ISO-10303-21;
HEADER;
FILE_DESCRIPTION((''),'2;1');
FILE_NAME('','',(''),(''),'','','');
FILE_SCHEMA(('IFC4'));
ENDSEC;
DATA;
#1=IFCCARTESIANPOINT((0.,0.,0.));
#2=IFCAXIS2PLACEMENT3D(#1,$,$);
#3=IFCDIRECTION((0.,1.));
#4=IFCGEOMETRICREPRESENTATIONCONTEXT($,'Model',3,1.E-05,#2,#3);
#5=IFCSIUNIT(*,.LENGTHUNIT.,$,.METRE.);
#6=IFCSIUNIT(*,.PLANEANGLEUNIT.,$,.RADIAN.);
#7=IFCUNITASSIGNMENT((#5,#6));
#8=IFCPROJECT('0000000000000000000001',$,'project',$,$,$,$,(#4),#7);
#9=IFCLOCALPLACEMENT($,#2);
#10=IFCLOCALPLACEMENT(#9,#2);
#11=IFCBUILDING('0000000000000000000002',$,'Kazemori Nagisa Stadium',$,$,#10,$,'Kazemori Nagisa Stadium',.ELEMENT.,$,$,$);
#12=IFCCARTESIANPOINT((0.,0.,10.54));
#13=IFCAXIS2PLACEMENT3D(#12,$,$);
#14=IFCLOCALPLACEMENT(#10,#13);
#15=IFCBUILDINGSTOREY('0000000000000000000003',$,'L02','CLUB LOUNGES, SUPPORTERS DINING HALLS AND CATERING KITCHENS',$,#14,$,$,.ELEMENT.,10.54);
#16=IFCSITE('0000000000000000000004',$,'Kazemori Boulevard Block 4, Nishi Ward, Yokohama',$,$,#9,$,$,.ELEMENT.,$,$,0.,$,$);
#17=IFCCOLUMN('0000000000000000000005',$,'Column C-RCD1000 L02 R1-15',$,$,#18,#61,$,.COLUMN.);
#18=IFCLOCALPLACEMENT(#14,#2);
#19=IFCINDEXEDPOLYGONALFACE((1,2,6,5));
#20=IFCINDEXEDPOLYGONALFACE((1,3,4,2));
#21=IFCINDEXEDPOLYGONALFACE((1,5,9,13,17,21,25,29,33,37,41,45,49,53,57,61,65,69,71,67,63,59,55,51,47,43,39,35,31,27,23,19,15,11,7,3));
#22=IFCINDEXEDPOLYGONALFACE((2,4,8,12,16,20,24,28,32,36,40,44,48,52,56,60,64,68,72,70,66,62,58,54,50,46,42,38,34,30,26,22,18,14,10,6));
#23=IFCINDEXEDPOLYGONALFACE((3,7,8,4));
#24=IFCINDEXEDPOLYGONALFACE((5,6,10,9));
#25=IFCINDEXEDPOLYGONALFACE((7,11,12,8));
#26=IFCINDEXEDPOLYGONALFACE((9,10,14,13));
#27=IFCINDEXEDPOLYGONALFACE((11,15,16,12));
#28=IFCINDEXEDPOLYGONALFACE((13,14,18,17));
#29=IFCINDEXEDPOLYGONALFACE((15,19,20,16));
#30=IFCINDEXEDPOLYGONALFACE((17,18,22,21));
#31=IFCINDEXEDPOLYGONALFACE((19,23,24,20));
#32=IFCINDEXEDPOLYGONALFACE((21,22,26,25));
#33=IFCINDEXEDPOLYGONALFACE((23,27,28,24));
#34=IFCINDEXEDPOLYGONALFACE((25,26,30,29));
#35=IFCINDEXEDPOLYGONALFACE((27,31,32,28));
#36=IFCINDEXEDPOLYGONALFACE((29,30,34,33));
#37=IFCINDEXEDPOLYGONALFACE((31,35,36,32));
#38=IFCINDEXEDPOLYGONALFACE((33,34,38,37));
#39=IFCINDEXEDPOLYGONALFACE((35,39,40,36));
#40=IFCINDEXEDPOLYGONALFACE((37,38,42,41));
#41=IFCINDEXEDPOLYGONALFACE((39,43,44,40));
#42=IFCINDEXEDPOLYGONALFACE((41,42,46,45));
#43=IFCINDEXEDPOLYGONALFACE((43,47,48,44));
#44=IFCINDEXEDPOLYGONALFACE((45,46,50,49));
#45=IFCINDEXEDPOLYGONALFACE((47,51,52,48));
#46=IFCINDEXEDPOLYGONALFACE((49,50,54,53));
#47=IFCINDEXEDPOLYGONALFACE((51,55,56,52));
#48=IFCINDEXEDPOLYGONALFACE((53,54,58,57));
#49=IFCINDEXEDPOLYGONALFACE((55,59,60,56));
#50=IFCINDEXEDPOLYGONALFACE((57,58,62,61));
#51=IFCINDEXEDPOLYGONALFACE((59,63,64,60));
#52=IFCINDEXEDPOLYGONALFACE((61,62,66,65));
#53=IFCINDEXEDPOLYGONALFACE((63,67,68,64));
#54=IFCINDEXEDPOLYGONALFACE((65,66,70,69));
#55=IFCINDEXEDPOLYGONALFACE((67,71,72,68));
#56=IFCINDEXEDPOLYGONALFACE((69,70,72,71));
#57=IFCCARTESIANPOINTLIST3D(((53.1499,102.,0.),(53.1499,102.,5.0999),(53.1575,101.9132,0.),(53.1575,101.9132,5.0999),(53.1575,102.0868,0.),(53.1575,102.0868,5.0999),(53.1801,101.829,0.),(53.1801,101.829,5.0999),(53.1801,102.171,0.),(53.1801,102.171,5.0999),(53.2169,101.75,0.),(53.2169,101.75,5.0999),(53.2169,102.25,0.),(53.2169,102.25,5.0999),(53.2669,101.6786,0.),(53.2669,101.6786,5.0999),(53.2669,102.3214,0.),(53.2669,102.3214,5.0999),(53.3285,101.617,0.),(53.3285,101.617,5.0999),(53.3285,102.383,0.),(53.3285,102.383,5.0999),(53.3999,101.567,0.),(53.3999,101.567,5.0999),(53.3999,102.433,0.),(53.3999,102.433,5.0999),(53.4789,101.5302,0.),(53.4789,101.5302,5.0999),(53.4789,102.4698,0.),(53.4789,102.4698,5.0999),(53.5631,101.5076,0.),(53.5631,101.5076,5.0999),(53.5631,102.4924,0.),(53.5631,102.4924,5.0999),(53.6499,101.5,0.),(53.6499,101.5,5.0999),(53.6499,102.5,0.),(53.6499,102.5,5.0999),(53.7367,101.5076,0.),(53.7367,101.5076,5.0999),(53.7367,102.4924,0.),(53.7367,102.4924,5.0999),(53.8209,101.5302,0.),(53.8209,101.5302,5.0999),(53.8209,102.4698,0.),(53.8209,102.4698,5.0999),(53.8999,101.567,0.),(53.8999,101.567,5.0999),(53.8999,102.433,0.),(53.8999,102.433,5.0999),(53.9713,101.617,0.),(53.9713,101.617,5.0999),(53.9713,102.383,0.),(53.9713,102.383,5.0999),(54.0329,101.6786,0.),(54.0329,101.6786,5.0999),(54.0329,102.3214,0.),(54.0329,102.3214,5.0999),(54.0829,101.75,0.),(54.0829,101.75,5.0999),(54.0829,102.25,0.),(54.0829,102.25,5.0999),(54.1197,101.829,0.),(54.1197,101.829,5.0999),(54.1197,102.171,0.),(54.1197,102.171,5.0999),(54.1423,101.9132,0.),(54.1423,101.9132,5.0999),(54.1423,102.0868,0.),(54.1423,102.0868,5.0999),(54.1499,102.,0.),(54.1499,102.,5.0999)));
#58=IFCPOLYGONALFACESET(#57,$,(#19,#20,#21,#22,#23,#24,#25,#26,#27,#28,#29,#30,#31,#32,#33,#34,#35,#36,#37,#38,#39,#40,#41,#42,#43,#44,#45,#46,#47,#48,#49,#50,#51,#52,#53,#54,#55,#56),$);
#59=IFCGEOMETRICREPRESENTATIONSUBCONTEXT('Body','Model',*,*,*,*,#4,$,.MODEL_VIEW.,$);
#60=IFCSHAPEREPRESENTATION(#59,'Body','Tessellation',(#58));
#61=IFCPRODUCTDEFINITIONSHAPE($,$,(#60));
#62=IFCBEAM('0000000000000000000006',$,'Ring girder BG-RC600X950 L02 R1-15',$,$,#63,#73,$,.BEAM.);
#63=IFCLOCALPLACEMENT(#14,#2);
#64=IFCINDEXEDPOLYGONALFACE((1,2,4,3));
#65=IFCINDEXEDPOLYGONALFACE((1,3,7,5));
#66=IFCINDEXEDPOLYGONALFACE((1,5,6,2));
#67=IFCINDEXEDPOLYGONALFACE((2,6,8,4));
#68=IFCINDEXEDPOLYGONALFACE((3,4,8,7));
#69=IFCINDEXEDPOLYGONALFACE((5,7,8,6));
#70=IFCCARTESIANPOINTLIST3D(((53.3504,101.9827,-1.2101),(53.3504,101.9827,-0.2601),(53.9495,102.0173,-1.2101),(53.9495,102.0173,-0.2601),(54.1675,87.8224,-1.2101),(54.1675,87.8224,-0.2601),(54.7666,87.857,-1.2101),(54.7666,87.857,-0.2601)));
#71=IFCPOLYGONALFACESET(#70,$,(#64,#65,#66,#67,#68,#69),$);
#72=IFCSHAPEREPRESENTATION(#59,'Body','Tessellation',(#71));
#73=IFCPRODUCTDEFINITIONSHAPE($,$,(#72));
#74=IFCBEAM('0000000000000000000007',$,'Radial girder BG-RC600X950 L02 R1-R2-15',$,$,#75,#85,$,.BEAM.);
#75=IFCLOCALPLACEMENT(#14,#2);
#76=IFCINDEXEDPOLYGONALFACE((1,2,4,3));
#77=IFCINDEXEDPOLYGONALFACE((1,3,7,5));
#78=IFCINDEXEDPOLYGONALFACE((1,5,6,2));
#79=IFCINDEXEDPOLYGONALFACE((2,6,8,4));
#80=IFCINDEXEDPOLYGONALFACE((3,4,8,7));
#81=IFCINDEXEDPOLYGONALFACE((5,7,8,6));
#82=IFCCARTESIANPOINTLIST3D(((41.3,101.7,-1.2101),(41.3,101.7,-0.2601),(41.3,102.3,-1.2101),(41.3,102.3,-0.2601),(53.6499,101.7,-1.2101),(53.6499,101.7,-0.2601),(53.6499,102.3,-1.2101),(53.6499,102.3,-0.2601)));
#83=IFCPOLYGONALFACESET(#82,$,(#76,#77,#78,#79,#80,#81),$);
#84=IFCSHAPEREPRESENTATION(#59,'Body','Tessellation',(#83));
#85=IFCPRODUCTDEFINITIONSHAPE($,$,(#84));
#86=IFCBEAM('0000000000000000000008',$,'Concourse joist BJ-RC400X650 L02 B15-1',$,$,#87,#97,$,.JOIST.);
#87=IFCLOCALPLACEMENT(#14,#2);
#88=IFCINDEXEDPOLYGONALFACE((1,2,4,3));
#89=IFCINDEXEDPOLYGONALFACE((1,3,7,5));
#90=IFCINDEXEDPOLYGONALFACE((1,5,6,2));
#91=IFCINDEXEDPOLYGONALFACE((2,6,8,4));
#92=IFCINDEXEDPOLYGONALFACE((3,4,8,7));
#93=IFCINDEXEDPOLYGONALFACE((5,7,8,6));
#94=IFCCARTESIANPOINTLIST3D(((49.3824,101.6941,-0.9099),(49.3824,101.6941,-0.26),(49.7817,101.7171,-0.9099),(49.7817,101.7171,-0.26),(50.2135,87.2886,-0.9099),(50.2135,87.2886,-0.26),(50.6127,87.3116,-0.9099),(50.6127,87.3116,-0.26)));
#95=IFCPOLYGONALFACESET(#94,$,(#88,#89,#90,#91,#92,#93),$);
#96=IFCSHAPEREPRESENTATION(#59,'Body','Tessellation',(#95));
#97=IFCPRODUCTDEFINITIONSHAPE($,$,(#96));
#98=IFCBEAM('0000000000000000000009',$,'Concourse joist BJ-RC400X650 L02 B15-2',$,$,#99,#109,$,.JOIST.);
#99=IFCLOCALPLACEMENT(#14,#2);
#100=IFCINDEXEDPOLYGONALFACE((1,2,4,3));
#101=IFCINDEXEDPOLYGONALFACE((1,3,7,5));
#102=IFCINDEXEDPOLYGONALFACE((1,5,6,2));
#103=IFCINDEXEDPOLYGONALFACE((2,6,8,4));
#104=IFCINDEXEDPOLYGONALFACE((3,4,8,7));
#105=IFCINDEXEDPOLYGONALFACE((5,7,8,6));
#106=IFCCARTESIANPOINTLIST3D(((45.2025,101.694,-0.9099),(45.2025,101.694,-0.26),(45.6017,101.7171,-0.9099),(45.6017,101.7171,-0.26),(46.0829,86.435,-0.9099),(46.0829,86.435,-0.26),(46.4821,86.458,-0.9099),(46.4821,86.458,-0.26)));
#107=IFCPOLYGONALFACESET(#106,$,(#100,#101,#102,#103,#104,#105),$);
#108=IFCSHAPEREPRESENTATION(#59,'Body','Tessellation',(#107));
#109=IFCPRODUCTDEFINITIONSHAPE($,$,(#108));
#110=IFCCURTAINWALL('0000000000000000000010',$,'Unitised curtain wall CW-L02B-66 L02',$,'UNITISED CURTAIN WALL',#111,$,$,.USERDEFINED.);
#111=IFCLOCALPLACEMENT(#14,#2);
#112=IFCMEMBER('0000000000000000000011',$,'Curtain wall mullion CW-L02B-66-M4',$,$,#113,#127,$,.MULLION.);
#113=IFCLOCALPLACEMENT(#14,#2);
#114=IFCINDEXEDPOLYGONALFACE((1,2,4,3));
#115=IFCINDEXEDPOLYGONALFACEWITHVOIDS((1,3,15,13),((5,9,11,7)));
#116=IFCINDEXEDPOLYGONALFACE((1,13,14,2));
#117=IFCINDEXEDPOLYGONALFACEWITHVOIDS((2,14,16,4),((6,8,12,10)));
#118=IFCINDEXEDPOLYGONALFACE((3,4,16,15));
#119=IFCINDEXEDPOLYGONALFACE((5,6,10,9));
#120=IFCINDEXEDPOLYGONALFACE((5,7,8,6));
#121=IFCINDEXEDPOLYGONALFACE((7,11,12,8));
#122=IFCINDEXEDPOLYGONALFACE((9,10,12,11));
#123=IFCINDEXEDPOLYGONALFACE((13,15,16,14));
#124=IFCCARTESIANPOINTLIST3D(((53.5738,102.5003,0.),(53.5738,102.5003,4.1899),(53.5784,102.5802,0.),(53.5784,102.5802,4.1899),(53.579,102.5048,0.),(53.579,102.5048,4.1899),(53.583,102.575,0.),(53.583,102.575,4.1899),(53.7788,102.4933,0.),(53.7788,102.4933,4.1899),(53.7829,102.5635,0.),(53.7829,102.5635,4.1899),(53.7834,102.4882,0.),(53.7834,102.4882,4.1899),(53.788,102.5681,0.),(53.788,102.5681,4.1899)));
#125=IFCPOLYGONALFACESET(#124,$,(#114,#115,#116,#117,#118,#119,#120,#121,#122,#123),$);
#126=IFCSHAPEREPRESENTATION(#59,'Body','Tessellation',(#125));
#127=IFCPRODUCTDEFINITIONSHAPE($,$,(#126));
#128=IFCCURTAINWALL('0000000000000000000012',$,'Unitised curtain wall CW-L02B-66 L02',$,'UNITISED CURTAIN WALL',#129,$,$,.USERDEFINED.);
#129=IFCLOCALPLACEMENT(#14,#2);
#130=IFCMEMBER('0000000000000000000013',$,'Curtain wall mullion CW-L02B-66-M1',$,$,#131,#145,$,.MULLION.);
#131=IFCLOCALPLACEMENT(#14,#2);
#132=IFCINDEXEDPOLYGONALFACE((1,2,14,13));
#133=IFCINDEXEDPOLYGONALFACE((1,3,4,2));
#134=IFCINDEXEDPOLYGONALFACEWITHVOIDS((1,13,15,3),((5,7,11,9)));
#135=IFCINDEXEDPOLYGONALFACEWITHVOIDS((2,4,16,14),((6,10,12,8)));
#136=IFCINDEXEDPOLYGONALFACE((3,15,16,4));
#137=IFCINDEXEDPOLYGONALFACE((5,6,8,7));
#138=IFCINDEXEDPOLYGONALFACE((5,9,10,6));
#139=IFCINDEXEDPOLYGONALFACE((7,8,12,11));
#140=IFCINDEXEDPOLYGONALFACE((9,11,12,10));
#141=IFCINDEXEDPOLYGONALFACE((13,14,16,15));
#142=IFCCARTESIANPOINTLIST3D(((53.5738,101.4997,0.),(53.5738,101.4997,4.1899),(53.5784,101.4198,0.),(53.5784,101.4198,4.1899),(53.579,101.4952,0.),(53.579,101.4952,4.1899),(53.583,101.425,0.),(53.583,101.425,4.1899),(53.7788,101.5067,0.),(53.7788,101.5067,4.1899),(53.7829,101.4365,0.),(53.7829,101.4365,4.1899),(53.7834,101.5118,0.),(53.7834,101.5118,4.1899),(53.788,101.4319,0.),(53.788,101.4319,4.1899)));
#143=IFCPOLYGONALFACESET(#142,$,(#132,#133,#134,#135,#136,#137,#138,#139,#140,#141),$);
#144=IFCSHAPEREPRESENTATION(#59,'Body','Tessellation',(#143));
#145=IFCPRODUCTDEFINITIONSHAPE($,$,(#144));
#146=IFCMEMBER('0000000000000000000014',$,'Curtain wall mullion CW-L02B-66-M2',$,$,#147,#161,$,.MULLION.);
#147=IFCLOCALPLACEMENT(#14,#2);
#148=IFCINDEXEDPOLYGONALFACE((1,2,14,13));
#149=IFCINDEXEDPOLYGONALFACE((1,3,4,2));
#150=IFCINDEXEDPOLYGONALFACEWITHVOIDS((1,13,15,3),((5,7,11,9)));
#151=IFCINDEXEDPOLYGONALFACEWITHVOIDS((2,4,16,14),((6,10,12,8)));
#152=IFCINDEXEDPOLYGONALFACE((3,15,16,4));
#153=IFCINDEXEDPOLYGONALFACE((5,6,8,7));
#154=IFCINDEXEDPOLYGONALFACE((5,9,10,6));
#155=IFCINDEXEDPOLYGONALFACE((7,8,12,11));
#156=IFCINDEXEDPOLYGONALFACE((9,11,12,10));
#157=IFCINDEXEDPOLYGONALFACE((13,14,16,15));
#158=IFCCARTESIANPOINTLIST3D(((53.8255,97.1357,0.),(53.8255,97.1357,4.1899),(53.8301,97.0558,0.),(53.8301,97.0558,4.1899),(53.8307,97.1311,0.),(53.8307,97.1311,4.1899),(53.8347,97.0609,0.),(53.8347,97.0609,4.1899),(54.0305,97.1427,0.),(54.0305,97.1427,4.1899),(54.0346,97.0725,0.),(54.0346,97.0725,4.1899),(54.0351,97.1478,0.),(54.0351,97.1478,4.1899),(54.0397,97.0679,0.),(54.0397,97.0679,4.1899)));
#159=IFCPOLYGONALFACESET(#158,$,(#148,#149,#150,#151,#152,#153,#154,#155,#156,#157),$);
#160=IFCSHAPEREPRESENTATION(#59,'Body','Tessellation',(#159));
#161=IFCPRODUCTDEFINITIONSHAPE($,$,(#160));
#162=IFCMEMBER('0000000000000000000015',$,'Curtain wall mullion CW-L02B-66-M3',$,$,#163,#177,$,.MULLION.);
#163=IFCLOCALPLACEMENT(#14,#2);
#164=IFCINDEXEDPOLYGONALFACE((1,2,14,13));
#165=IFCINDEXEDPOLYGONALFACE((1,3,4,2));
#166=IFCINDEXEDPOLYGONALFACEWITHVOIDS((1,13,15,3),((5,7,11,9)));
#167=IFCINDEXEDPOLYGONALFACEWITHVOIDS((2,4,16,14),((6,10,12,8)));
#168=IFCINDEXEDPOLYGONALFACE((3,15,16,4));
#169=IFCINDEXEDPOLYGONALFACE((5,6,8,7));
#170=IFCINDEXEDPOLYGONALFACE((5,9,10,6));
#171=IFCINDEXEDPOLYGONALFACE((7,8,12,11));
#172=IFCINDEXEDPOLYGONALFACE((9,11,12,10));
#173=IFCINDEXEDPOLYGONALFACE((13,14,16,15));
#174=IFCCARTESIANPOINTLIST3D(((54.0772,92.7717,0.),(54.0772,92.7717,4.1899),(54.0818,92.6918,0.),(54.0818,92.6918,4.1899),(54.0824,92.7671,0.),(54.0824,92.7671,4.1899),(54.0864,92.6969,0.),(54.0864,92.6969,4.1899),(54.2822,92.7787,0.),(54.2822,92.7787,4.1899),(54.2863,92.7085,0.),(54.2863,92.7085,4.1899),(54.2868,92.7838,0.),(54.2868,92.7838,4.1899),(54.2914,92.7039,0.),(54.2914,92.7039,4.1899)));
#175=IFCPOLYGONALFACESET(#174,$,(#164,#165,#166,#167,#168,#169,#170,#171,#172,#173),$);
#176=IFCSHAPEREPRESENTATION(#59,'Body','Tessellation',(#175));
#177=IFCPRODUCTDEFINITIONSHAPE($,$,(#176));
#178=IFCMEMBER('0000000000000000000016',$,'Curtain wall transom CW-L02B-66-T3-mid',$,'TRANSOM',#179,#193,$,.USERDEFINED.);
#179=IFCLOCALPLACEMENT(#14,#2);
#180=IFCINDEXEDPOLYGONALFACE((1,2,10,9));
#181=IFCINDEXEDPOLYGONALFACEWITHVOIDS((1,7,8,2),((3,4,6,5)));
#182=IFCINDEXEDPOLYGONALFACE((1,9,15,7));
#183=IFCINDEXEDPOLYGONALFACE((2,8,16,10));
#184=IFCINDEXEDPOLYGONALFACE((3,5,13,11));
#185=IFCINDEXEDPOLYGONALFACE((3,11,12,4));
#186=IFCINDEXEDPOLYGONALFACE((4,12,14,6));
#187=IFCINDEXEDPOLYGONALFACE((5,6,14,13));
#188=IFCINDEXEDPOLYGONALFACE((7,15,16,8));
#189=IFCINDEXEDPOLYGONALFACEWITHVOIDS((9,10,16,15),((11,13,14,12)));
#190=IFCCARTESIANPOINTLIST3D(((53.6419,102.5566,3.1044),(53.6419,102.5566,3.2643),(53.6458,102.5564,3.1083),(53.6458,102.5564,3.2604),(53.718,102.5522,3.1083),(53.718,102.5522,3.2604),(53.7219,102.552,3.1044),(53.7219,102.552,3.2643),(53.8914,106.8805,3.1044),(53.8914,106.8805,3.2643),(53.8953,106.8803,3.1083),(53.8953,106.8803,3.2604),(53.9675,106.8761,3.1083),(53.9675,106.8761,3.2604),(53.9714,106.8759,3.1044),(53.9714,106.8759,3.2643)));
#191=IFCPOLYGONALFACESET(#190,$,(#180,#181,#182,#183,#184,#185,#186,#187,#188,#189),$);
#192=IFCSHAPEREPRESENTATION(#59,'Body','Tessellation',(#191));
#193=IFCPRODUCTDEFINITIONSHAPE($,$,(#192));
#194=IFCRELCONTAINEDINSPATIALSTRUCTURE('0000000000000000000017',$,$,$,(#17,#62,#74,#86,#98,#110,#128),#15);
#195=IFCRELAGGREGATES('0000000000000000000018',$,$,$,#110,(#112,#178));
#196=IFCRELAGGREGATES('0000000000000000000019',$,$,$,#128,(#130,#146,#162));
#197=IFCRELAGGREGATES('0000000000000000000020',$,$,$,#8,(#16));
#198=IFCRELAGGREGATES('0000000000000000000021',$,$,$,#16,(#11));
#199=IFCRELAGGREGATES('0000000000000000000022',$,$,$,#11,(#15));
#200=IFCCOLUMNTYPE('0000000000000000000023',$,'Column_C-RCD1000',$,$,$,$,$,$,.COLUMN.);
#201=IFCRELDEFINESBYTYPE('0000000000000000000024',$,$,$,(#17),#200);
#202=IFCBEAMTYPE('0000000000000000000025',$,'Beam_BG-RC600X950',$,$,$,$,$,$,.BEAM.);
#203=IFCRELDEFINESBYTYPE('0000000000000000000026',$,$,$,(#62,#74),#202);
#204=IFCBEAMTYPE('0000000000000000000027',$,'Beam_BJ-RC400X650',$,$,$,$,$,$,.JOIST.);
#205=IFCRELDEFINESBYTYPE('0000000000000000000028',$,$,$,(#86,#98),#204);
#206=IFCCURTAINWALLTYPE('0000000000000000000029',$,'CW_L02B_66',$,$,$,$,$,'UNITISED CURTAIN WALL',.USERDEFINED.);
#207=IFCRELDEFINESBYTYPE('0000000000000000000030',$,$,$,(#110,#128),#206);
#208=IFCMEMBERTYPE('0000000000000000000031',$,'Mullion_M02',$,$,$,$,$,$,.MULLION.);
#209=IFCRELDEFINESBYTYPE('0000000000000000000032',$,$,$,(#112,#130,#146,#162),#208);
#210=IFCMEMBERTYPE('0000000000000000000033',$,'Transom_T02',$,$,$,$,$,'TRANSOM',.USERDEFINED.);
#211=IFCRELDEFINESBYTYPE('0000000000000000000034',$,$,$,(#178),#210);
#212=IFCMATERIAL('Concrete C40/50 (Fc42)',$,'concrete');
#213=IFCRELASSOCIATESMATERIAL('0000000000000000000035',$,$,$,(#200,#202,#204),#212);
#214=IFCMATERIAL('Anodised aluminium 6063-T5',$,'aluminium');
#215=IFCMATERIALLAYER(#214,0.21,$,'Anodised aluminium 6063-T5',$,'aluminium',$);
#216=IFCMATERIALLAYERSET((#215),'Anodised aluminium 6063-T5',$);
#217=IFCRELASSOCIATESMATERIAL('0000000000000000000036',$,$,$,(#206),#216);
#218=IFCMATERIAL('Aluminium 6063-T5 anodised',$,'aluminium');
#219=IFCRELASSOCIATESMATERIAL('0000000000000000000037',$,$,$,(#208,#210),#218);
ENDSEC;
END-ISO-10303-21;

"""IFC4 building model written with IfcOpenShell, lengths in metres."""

from ifc_helpers import new_model, si_unit, direction, frame, origin, origin_2d, place, context, subcontext, project, spatial, rectangle, hollow_rectangle, circle, extrude, material, layer, layer_set, material_profile, profile_set, type_object, element, aggregate, save


model = new_model("IFC4")

# Units and contexts
model_context = context("Model", 3, precision=1e-05, world=origin(), true_north=direction((0.0, 1.0)))
body_context = subcontext(model_context, "Body", "Model", "MODEL_VIEW")
ifc_project = project(units=[si_unit("LENGTHUNIT", "METRE"), si_unit("PLANEANGLEUNIT", "RADIAN")], contexts=[model_context])

# Site, building, storey
site_placement = place(None, origin())
site = spatial("IfcSite", under=ifc_project, at=site_placement, Name="Kazemori Boulevard Block 4, Nishi Ward, Yokohama", CompositionType="ELEMENT", RefElevation=0.0)
building_placement = place(site_placement, origin())
building = spatial("IfcBuilding", under=site, at=building_placement, Name="Kazemori Nagisa Stadium", LongName="Kazemori Nagisa Stadium", CompositionType="ELEMENT")
storey_placement = place(building_placement, frame((0.0, 0.0, 10.54)))
storey = spatial("IfcBuildingStorey", under=building, at=storey_placement, Name="L02", Description="CLUB LOUNGES, SUPPORTERS DINING HALLS AND CATERING KITCHENS", CompositionType="ELEMENT", Elevation=10.54)

# Column
ifc_material_1 = material(Name="Concrete C40/50 (Fc42)", Category="concrete")
ifc_material_profile_1 = material_profile(ifc_material_1, circle(Radius=0.5, at=origin_2d()), Name="RC-COL-D1000")
ifc_profile_set_1 = profile_set([ifc_material_profile_1], Name="Concrete C40/50 (Fc42)")
column_type = type_object("IfcColumnType", Name="Column_C-RCD1000", PredefinedType="COLUMN", material=ifc_profile_set_1)
column_placement = place(storey_placement, frame((53.6499, 102.0, 0.0), z_axis=(0.0, 0.0, 1.0), x_axis=(-1.0, 0.0, 0.0)))
element("IfcColumn", 1, at=column_placement, inside=storey, type_object=column_type, Name="Column C-RCD1000 L02 R1-15", PredefinedType="COLUMN", context=body_context, shape_type="SweptSolid", body=[
    extrude(circle(Radius=0.5, at=origin_2d()), origin(), (0.0, 0.0, 1.0), 5.0999),
])

# Beams
ifc_material_profile_2 = material_profile(ifc_material_1, rectangle(XDim=0.6001, YDim=0.95, at=origin_2d()), Name="RC-BM-600x950")
ifc_profile_set_2 = profile_set([ifc_material_profile_2], Name="Concrete C40/50 (Fc42)")
beam_type_1 = type_object("IfcBeamType", Name="Beam_BG-RC600X950", PredefinedType="BEAM", material=ifc_profile_set_2)
beam_1_placement = place(storey_placement, frame((53.6499, 102.0, -0.7351), z_axis=(0.05761, -0.998339, 0.0), x_axis=(0.998339, 0.05761, 0.0)))
element("IfcBeam", 2, at=beam_1_placement, inside=storey, type_object=beam_type_1, Name="Ring girder BG-RC600X950 L02 R1-15", PredefinedType="BEAM", context=body_context, shape_type="SweptSolid", body=[
    extrude(rectangle(XDim=0.6001, YDim=0.95, at=origin_2d()), origin(), (0.0, 0.0, 1.0), 14.1838),
])
beam_2_placement = place(storey_placement, frame((53.6499, 102.0, -0.7351), z_axis=(-1.0, 0.0, 0.0), x_axis=(0.0, -1.0, 0.0)))
element("IfcBeam", 3, at=beam_2_placement, inside=storey, type_object=beam_type_1, Name="Radial girder BG-RC600X950 L02 R1-R2-15", PredefinedType="BEAM", context=body_context, shape_type="SweptSolid", body=[
    extrude(rectangle(XDim=0.6001, YDim=0.95, at=origin_2d()), origin(), (0.0, 0.0, 1.0), 12.3499),
])
ifc_material_profile_3 = material_profile(ifc_material_1, rectangle(XDim=0.3999, YDim=0.6499, at=origin_2d()), Name="RC-BM-400x650")
ifc_profile_set_3 = profile_set([ifc_material_profile_3], Name="Concrete C40/50 (Fc42)")
beam_type_2 = type_object("IfcBeamType", Name="Beam_BJ-RC400X650", PredefinedType="JOIST", material=ifc_profile_set_3)
beam_3_placement = place(storey_placement, frame((49.582, 101.7056, -0.585), z_axis=(0.057594, -0.99834, 0.0), x_axis=(0.99834, 0.057594, 0.0)))
element("IfcBeam", 4, at=beam_3_placement, inside=storey, type_object=beam_type_2, Name="Concourse joist BJ-RC400X650 L02 B15-1", PredefinedType="JOIST", context=body_context, shape_type="SweptSolid", body=[
    extrude(rectangle(XDim=0.3999, YDim=0.6499, at=origin_2d()), origin(), (0.0, 0.0, 1.0), 14.4294),
])
beam_4_placement = place(storey_placement, frame((45.4021, 101.7056, -0.585), z_axis=(0.057599, -0.99834, 0.0), x_axis=(0.99834, 0.057599, 0.0)))
element("IfcBeam", 5, at=beam_4_placement, inside=storey, type_object=beam_type_2, Name="Concourse joist BJ-RC400X650 L02 B15-2", PredefinedType="JOIST", context=body_context, shape_type="SweptSolid", body=[
    extrude(rectangle(XDim=0.3999, YDim=0.6499, at=origin_2d()), origin(), (0.0, 0.0, 1.0), 15.2844),
])

# Curtain wall, member
ifc_material_2 = material(Name="Anodised aluminium 6063-T5", Category="aluminium")
ifc_layer_1 = layer(ifc_material_2, 0.21, Name="Anodised aluminium 6063-T5", Category="aluminium")
ifc_layer_set_1 = layer_set([ifc_layer_1], Name="Anodised aluminium 6063-T5")
curtain_wall_type = type_object("IfcCurtainWallType", Name="CW_L02B_66", ElementType="UNITISED CURTAIN WALL", PredefinedType="USERDEFINED", material=ifc_layer_set_1)
curtain_wall_1_placement = place(storey_placement, origin())
curtain_wall_1 = element("IfcCurtainWall", 6, at=curtain_wall_1_placement, inside=storey, type_object=curtain_wall_type, Name="Unitised curtain wall CW-L02B-66 L02", ObjectType="UNITISED CURTAIN WALL", PredefinedType="USERDEFINED")
ifc_material_3 = material(Name="Aluminium 6063-T5 anodised", Category="aluminium")
ifc_material_profile_4 = material_profile(ifc_material_3, hollow_rectangle(XDim=0.0801, YDim=0.21, WallThickness=0.0049, at=origin_2d()), Name="ALU-MULL-80x210x5")
ifc_profile_set_4 = profile_set([ifc_material_profile_4], Name="Aluminium 6063-T5 anodised")
member_type_1 = type_object("IfcMemberType", Name="Mullion_M02", PredefinedType="MULLION", material=ifc_profile_set_4)
member_1_placement = place(storey_placement, frame((53.6809, 102.5342, 0.0), z_axis=(0.0, 0.0, 1.0), x_axis=(-0.057602, -0.99834, 0.0)))
member_1 = element("IfcMember", 7, at=member_1_placement, type_object=member_type_1, Name="Curtain wall mullion CW-L02B-66-M4", PredefinedType="MULLION", context=body_context, shape_type="SweptSolid", body=[
    extrude(hollow_rectangle(XDim=0.0801, YDim=0.21, WallThickness=0.0049, at=origin_2d()), origin(), (0.0, 0.0, 1.0), 4.1899),
])

# Curtain wall, members
curtain_wall_2_placement = place(storey_placement, origin())
curtain_wall_2 = element("IfcCurtainWall", 8, at=curtain_wall_2_placement, inside=storey, type_object=curtain_wall_type, Name="Unitised curtain wall CW-L02B-66 L02", ObjectType="UNITISED CURTAIN WALL", PredefinedType="USERDEFINED")
member_2_placement = place(storey_placement, frame((53.6809, 101.4658, 0.0), z_axis=(0.0, 0.0, 1.0), x_axis=(0.057602, -0.99834, 0.0)))
member_2 = element("IfcMember", 9, at=member_2_placement, type_object=member_type_1, Name="Curtain wall mullion CW-L02B-66-M1", PredefinedType="MULLION", context=body_context, shape_type="SweptSolid", body=[
    extrude(hollow_rectangle(XDim=0.0801, YDim=0.21, WallThickness=0.0049, at=origin_2d()), origin(), (0.0, 0.0, 1.0), 4.1899),
])
member_3_placement = place(storey_placement, frame((53.9326, 97.1018, 0.0), z_axis=(0.0, 0.0, 1.0), x_axis=(0.057602, -0.99834, 0.0)))
member_3 = element("IfcMember", 10, at=member_3_placement, type_object=member_type_1, Name="Curtain wall mullion CW-L02B-66-M2", PredefinedType="MULLION", context=body_context, shape_type="SweptSolid", body=[
    extrude(hollow_rectangle(XDim=0.0801, YDim=0.21, WallThickness=0.0049, at=origin_2d()), origin(), (0.0, 0.0, 1.0), 4.1899),
])
member_4_placement = place(storey_placement, frame((54.1843, 92.7378, 0.0), z_axis=(0.0, 0.0, 1.0), x_axis=(0.057602, -0.99834, 0.0)))
member_4 = element("IfcMember", 11, at=member_4_placement, type_object=member_type_1, Name="Curtain wall mullion CW-L02B-66-M3", PredefinedType="MULLION", context=body_context, shape_type="SweptSolid", body=[
    extrude(hollow_rectangle(XDim=0.0801, YDim=0.21, WallThickness=0.0049, at=origin_2d()), origin(), (0.0, 0.0, 1.0), 4.1899),
])

# Member
ifc_material_profile_5 = material_profile(ifc_material_3, hollow_rectangle(XDim=0.0801, YDim=0.1599, WallThickness=0.0039, at=origin_2d()), Name="ALU-TRAN-80x160x4")
ifc_profile_set_5 = profile_set([ifc_material_profile_5], Name="Aluminium 6063-T5 anodised")
member_type_2 = type_object("IfcMemberType", Name="Transom_T02", ElementType="TRANSOM", PredefinedType="USERDEFINED", material=ifc_profile_set_5)
member_5_placement = place(storey_placement, frame((53.9314, 106.8782, 3.1843), z_axis=(-0.057608, -0.998339, 0.0), x_axis=(0.998339, -0.057608, 0.0)))
member_5 = element("IfcMember", 12, at=member_5_placement, type_object=member_type_2, Name="Curtain wall transom CW-L02B-66-T3-mid", ObjectType="TRANSOM", PredefinedType="USERDEFINED", context=body_context, shape_type="SweptSolid", body=[
    extrude(hollow_rectangle(XDim=0.0801, YDim=0.1599, WallThickness=0.0039, at=origin_2d()), origin(), (0.0, 0.0, 1.0), 4.3311),
])

aggregate(curtain_wall_1, [member_1, member_5])
aggregate(curtain_wall_2, [member_2, member_3, member_4])

save(model, "model.ifc")
